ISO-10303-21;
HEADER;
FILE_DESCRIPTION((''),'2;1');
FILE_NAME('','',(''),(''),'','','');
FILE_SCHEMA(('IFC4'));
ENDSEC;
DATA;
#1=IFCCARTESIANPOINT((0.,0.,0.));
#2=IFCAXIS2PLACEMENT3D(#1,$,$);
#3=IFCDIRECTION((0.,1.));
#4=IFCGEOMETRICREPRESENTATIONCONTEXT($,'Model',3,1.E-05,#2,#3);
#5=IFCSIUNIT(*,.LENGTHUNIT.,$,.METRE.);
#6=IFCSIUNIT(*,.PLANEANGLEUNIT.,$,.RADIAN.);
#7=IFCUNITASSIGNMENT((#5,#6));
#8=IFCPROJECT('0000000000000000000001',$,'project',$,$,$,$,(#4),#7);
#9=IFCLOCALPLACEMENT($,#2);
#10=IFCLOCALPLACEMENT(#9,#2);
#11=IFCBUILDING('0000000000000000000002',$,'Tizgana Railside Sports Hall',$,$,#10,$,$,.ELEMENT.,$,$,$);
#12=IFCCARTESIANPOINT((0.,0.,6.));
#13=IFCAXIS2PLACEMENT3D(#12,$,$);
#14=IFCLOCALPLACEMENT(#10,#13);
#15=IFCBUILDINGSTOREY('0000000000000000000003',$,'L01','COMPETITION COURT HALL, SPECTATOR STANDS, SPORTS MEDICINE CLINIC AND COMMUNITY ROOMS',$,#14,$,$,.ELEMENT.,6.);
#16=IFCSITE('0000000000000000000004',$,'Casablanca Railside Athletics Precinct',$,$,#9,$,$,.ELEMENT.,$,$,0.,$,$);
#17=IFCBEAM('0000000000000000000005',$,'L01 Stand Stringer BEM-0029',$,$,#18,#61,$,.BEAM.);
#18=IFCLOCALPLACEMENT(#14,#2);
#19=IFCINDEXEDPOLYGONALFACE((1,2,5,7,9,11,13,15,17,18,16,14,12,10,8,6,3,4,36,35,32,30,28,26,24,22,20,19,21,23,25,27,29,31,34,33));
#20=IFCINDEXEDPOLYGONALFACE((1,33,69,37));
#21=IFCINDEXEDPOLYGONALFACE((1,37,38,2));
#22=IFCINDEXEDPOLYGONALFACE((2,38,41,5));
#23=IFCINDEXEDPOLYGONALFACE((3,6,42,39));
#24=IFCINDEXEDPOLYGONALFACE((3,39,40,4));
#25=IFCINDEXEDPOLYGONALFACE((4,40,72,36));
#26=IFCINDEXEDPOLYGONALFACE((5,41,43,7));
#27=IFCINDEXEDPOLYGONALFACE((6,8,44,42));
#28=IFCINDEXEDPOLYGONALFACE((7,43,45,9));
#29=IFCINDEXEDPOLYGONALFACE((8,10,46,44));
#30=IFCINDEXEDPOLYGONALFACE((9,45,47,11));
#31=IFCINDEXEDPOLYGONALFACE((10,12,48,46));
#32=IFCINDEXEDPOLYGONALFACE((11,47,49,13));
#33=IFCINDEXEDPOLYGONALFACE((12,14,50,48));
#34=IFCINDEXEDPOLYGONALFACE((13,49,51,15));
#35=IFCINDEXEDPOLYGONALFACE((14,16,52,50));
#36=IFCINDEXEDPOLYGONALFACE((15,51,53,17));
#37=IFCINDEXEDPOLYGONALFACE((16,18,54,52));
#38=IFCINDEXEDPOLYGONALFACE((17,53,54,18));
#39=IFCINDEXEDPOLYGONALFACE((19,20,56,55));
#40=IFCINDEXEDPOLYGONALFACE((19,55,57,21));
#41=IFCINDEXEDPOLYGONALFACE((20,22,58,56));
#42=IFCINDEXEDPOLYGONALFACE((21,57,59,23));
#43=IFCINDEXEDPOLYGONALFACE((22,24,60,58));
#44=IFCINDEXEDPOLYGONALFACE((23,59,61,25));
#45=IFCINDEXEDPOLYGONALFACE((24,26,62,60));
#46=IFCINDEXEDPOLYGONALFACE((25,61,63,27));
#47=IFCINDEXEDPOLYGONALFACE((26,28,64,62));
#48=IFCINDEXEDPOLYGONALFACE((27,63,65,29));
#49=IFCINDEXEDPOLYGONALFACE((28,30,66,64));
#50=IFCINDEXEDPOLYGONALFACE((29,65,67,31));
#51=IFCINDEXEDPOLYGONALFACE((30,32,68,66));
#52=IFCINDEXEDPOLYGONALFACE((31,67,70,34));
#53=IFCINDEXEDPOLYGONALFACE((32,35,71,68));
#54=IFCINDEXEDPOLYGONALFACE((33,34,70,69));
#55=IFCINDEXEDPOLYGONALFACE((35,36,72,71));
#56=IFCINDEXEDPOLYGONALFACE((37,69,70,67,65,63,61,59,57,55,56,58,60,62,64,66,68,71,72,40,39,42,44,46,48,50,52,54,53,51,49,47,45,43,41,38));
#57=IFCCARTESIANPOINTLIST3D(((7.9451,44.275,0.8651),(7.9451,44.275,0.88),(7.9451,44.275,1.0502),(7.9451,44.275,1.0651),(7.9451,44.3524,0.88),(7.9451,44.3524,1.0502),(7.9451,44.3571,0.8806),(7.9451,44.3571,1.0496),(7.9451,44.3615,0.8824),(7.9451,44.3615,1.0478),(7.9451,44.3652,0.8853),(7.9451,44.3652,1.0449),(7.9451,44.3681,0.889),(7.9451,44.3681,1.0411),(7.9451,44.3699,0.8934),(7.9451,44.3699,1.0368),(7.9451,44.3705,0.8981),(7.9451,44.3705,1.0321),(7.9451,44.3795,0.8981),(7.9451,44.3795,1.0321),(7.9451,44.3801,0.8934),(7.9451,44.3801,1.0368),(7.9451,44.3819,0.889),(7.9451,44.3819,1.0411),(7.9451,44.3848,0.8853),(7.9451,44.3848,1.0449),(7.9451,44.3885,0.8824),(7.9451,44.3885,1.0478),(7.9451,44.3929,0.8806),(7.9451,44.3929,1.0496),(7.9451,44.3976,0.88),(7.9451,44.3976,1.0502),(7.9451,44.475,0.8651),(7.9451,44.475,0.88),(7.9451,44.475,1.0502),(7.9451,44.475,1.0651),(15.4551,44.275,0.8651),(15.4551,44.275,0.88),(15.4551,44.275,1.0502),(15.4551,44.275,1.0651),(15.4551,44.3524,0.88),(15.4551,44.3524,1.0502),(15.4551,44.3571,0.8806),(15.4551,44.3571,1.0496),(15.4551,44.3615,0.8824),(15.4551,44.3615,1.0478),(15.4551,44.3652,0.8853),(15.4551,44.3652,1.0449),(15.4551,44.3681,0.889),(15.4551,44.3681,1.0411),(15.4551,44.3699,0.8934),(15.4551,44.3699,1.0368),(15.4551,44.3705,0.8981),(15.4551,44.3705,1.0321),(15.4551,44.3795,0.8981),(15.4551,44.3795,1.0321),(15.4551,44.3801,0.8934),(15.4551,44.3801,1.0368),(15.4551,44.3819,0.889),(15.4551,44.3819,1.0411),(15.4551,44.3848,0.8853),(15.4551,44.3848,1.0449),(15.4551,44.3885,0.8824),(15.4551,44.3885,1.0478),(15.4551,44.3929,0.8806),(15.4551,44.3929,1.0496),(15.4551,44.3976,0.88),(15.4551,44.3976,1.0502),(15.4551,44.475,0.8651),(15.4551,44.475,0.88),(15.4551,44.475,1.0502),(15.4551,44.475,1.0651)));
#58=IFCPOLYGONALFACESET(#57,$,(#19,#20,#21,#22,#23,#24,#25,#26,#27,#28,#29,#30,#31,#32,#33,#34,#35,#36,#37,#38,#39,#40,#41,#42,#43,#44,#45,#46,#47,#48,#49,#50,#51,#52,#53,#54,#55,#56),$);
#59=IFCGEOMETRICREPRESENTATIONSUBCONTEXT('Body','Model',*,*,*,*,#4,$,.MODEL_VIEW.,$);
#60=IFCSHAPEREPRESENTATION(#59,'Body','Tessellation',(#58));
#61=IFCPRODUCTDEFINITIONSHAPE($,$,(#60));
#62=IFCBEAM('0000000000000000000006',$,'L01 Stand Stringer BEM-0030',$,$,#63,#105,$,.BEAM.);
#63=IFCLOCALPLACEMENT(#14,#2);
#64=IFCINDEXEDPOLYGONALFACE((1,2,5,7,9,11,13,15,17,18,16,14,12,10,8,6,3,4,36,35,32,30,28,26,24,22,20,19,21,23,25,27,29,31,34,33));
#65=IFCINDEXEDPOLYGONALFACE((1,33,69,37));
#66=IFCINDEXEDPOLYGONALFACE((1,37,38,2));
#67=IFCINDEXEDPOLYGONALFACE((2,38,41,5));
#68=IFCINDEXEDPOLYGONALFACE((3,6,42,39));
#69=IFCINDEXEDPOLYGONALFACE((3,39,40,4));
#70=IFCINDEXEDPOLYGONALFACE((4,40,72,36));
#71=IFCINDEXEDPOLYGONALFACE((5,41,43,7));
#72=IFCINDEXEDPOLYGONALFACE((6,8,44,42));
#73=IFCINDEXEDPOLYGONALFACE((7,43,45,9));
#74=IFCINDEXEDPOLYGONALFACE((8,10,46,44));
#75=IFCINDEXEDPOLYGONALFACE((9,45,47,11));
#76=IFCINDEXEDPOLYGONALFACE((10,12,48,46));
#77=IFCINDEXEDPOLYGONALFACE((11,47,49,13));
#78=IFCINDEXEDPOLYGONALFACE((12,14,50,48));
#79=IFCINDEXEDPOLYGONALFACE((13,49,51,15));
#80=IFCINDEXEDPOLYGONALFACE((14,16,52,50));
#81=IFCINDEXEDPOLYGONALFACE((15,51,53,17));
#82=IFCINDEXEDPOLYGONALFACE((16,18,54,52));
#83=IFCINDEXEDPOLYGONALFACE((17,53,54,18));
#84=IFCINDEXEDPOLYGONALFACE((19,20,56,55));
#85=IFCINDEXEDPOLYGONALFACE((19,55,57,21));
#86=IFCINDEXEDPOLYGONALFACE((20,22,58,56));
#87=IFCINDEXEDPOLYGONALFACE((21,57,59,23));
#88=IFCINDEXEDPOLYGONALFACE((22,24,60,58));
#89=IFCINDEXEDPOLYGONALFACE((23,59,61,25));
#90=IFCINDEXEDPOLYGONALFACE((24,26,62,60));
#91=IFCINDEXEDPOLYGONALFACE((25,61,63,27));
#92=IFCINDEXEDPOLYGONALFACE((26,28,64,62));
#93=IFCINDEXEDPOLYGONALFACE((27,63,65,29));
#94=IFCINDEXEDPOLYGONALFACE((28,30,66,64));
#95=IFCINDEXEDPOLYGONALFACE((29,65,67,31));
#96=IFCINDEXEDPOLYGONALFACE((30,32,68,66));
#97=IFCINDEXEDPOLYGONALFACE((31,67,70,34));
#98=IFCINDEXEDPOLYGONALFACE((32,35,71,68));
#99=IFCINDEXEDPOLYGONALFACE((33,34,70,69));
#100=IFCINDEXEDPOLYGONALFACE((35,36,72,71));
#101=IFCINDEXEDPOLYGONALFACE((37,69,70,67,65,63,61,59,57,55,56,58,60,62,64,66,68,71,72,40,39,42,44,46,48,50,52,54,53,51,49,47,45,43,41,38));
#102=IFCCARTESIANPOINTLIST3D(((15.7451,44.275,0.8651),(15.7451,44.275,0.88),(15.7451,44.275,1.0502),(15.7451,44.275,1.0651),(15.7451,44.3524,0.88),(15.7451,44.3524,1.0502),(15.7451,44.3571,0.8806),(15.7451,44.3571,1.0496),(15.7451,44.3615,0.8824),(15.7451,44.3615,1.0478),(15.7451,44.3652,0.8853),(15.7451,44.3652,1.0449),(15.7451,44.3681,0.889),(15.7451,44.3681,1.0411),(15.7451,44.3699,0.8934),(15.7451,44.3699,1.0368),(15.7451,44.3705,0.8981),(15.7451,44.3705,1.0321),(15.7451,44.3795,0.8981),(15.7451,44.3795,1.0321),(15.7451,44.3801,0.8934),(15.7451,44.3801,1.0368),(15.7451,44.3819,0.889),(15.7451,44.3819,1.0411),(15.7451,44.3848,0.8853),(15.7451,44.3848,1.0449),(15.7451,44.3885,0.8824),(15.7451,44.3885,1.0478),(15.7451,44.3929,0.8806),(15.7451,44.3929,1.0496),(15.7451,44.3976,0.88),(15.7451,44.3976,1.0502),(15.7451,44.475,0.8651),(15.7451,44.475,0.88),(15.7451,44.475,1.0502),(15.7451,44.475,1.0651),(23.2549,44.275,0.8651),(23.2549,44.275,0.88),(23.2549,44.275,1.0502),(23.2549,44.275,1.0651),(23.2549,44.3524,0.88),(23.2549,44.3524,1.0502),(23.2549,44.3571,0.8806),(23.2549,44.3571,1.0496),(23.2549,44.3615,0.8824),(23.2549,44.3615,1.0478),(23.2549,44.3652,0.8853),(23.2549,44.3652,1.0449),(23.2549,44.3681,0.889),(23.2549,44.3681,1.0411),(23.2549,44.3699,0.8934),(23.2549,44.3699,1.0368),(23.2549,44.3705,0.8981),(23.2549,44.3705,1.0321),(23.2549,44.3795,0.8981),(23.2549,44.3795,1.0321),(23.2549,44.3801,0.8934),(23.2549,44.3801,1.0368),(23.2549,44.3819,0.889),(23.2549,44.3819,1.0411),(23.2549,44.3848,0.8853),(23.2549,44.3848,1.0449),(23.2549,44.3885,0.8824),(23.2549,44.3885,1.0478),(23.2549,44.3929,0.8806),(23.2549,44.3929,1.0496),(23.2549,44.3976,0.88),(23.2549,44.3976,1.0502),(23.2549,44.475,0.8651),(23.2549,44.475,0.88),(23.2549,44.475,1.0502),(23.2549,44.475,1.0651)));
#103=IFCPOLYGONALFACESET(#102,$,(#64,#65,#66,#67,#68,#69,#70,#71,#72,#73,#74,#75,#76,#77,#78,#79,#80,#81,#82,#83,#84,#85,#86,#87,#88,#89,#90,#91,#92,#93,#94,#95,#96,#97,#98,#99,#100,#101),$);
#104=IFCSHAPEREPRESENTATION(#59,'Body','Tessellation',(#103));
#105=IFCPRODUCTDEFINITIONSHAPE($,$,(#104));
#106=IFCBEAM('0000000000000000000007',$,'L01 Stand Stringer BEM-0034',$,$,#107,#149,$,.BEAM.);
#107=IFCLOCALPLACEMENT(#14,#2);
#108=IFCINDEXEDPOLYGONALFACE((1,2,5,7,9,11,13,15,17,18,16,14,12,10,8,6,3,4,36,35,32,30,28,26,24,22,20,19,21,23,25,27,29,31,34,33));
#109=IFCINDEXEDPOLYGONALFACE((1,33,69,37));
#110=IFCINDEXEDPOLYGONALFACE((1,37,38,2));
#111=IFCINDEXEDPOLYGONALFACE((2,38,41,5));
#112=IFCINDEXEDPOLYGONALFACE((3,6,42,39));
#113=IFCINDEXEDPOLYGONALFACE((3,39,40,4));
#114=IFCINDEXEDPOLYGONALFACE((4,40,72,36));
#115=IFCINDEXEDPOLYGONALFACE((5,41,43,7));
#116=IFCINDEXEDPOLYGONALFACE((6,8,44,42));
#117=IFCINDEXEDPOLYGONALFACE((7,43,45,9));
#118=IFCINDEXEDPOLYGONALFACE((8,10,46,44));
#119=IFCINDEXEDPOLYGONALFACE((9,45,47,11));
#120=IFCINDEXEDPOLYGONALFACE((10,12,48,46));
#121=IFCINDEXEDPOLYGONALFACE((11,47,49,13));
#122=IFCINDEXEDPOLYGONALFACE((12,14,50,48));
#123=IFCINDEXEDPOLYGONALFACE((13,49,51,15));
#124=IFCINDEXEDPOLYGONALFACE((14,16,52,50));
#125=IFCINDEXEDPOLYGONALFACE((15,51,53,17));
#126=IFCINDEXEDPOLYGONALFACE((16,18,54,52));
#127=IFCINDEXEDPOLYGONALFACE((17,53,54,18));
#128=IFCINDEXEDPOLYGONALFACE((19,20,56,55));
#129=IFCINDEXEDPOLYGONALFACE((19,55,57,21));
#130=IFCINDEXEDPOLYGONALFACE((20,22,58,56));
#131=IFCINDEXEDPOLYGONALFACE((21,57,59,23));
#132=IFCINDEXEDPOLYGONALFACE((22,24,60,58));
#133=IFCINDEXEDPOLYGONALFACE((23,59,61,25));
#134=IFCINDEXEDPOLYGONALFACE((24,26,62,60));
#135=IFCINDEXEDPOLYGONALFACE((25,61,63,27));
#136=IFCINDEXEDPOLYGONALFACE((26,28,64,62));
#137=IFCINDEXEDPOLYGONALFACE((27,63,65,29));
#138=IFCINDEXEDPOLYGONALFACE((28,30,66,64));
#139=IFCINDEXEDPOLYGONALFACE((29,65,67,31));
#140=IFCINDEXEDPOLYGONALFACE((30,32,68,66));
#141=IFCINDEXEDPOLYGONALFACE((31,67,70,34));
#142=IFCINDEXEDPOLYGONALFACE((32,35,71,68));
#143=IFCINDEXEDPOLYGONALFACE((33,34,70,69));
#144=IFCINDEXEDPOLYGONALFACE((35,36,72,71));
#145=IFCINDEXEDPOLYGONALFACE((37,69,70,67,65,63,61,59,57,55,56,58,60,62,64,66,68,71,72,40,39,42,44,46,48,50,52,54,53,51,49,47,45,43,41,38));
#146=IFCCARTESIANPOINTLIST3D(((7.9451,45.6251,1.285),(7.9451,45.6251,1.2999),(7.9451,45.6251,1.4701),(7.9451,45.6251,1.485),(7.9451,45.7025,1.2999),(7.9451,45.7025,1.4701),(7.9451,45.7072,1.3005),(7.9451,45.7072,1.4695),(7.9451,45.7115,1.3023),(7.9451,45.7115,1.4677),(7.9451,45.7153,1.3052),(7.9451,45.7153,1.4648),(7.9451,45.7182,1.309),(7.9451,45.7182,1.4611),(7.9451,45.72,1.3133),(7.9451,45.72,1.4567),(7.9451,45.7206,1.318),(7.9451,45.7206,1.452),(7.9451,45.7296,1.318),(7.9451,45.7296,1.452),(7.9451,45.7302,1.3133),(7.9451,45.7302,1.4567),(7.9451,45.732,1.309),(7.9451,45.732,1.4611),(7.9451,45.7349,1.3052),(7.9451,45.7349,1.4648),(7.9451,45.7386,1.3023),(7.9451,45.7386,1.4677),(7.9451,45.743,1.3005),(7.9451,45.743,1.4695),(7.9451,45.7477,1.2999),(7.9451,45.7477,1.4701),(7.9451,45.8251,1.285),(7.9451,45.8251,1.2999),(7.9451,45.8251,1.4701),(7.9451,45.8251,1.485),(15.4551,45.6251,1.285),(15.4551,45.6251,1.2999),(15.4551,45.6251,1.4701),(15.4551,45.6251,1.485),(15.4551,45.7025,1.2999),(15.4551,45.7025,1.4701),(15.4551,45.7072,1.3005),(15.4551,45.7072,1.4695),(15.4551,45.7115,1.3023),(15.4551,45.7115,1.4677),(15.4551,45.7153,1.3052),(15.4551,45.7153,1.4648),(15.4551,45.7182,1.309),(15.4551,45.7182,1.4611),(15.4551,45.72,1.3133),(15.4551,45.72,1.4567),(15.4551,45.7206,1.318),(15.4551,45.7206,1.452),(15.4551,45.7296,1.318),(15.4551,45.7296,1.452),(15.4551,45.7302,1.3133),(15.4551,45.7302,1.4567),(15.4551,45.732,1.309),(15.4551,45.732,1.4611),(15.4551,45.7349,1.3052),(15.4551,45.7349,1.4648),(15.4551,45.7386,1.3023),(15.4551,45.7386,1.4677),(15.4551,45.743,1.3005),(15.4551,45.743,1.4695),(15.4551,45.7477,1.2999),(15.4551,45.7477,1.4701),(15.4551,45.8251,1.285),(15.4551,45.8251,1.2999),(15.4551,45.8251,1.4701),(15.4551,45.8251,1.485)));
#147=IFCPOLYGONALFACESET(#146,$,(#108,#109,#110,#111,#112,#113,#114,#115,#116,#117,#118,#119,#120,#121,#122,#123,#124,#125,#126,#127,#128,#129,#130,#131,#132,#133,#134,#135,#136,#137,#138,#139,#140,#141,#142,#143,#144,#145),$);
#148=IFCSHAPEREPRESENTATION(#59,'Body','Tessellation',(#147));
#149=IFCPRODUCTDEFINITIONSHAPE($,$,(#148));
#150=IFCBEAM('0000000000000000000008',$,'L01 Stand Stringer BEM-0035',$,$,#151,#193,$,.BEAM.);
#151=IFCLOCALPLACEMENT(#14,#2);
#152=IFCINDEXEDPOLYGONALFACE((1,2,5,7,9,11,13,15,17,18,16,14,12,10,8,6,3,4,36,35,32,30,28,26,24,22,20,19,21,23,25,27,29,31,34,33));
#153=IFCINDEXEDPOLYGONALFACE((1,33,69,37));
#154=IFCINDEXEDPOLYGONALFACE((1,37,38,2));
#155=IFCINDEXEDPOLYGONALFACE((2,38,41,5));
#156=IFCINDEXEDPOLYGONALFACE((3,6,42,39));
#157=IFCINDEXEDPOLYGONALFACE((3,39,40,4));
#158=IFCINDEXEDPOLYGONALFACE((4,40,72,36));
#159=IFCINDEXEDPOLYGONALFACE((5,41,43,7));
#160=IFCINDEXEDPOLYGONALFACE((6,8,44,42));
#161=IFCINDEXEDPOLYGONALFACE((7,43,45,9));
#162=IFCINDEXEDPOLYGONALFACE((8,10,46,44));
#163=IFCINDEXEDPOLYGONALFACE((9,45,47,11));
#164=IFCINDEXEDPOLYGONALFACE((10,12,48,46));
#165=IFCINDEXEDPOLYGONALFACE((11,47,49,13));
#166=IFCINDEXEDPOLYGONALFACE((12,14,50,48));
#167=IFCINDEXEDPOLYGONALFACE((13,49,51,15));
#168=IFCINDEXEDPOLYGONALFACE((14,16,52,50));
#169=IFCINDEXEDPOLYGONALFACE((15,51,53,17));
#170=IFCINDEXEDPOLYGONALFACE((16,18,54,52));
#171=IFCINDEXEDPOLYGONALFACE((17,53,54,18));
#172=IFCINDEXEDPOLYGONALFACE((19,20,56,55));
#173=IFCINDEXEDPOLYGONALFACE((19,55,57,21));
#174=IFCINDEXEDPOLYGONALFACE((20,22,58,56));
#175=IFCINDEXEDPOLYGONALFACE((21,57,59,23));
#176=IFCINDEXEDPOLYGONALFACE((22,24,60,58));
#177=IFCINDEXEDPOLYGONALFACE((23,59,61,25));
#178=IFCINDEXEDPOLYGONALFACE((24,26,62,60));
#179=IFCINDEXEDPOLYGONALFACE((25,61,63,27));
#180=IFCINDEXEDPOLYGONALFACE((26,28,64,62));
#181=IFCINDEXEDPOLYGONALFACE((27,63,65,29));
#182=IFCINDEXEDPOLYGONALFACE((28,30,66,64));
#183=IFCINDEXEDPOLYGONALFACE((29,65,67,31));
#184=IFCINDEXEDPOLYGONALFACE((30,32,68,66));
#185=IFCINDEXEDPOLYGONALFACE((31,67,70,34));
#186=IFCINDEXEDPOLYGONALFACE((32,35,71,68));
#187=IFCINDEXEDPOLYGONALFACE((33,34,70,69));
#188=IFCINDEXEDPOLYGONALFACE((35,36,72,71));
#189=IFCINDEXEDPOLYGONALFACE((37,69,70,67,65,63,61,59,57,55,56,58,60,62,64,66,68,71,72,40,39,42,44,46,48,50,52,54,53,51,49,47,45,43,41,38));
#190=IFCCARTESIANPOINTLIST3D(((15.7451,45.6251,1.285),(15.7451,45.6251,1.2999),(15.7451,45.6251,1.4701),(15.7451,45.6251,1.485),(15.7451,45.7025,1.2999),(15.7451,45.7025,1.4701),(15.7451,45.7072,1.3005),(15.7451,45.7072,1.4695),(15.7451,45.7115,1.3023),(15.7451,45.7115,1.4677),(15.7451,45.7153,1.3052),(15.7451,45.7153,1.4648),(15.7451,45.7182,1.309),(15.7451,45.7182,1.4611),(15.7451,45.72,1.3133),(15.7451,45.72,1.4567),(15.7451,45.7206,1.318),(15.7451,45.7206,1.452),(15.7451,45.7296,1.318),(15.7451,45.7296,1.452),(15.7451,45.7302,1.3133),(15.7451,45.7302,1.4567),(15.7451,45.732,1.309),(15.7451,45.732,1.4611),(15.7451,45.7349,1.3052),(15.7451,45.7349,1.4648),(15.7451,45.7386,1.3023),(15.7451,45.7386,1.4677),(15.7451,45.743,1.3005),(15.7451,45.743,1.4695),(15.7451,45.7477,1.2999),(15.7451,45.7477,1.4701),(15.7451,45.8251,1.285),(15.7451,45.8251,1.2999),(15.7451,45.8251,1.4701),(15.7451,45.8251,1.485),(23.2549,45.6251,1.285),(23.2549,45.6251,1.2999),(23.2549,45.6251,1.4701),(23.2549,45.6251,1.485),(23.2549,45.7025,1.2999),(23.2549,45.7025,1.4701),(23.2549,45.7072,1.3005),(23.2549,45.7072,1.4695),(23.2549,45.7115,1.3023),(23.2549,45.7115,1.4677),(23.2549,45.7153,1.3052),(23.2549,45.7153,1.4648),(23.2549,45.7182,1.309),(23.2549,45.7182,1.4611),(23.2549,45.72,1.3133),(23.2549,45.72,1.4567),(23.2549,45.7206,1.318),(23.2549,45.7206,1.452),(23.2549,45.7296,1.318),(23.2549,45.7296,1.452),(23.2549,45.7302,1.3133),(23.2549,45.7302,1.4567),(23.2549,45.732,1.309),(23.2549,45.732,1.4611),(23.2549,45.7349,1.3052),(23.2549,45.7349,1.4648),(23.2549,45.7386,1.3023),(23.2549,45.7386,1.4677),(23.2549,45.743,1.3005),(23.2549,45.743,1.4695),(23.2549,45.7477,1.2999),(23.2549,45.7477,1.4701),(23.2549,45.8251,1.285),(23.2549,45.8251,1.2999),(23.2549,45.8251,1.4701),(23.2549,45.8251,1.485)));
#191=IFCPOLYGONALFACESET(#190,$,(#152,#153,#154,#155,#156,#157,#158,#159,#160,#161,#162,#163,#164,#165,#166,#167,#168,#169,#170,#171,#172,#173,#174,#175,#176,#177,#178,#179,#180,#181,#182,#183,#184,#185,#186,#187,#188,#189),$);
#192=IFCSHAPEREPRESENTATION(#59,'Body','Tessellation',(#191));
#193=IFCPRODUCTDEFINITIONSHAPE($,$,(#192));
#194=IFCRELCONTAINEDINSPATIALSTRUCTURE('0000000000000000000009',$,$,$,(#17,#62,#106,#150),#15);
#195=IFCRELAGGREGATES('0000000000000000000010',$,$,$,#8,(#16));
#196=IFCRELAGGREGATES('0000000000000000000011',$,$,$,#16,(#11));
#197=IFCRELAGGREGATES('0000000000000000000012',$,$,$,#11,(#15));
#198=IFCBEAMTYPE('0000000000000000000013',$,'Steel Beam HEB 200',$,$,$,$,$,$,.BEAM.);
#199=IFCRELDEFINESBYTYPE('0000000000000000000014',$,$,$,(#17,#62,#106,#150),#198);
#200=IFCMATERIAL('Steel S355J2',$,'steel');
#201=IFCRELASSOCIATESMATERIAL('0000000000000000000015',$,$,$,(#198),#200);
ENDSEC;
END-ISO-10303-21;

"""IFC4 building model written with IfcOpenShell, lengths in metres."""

from ifc_helpers import new_model, si_unit, direction, frame, origin, origin_2d, place, context, subcontext, project, spatial, i_section, extrude, material, material_profile, profile_set, type_object, element, save


model = new_model("IFC4")

# Units and contexts
model_context = context("Model", 3, precision=1e-05, world=origin(), true_north=direction((0.0, 1.0)))
body_context = subcontext(model_context, "Body", "Model", "MODEL_VIEW")
ifc_project = project(units=[si_unit("LENGTHUNIT", "METRE"), si_unit("PLANEANGLEUNIT", "RADIAN")], contexts=[model_context])

# Site, building, storey
site_placement = place(None, origin())
site = spatial("IfcSite", under=ifc_project, at=site_placement, Name="Casablanca Railside Athletics Precinct", CompositionType="ELEMENT", RefElevation=0.0)
building_placement = place(site_placement, origin())
building = spatial("IfcBuilding", under=site, at=building_placement, Name="Tizgana Railside Sports Hall", CompositionType="ELEMENT")
storey_placement = place(building_placement, frame((0.0, 0.0, 6.0)))
storey = spatial("IfcBuildingStorey", under=building, at=storey_placement, Name="L01", Description="COMPETITION COURT HALL, SPECTATOR STANDS, SPORTS MEDICINE CLINIC AND COMMUNITY ROOMS", CompositionType="ELEMENT", Elevation=6.0)

# Beams
ifc_material_1 = material(Name="Steel S355J2", Category="steel")
ifc_material_profile_1 = material_profile(ifc_material_1, i_section(OverallWidth=0.2, OverallDepth=0.2, WebThickness=0.009, FlangeThickness=0.0149, FilletRadius=0.0181, at=origin_2d()), Name="HEB 200")
ifc_profile_set_1 = profile_set([ifc_material_profile_1], Name="Steel S355J2")
beam_type_1 = type_object("IfcBeamType", Name="Steel Beam HEB 200", PredefinedType="BEAM", material=ifc_profile_set_1)
beam_1_placement = place(storey_placement, frame((7.9451, 44.375, 0.9651), z_axis=(1.0, 0.0, 0.0), x_axis=(0.0, 1.0, 0.0)))
element("IfcBeam", 1, at=beam_1_placement, inside=storey, type_object=beam_type_1, Name="L01 Stand Stringer BEM-0029", PredefinedType="BEAM", context=body_context, shape_type="SweptSolid", body=[
    extrude(i_section(OverallWidth=0.2, OverallDepth=0.2, WebThickness=0.009, FlangeThickness=0.0149, FilletRadius=0.0181, at=origin_2d()), origin(), (0.0, 0.0, 1.0), 7.51),
])
beam_2_placement = place(storey_placement, frame((15.7451, 44.375, 0.9651), z_axis=(1.0, 0.0, 0.0), x_axis=(0.0, 1.0, 0.0)))
element("IfcBeam", 2, at=beam_2_placement, inside=storey, type_object=beam_type_1, Name="L01 Stand Stringer BEM-0030", PredefinedType="BEAM", context=body_context, shape_type="SweptSolid", body=[
    extrude(i_section(OverallWidth=0.2, OverallDepth=0.2, WebThickness=0.009, FlangeThickness=0.0149, FilletRadius=0.0181, at=origin_2d()), origin(), (0.0, 0.0, 1.0), 7.5098),
])
beam_3_placement = place(storey_placement, frame((7.9451, 45.7251, 1.385), z_axis=(1.0, 0.0, 0.0), x_axis=(0.0, 1.0, 0.0)))
element("IfcBeam", 3, at=beam_3_placement, inside=storey, type_object=beam_type_1, Name="L01 Stand Stringer BEM-0034", PredefinedType="BEAM", context=body_context, shape_type="SweptSolid", body=[
    extrude(i_section(OverallWidth=0.2, OverallDepth=0.2, WebThickness=0.009, FlangeThickness=0.0149, FilletRadius=0.0181, at=origin_2d()), origin(), (0.0, 0.0, 1.0), 7.51),
])
beam_4_placement = place(storey_placement, frame((15.7451, 45.7251, 1.385), z_axis=(1.0, 0.0, 0.0), x_axis=(0.0, 1.0, 0.0)))
element("IfcBeam", 4, at=beam_4_placement, inside=storey, type_object=beam_type_1, Name="L01 Stand Stringer BEM-0035", PredefinedType="BEAM", context=body_context, shape_type="SweptSolid", body=[
    extrude(i_section(OverallWidth=0.2, OverallDepth=0.2, WebThickness=0.009, FlangeThickness=0.0149, FilletRadius=0.0181, at=origin_2d()), origin(), (0.0, 0.0, 1.0), 7.5098),
])

save(model, "model.ifc")
